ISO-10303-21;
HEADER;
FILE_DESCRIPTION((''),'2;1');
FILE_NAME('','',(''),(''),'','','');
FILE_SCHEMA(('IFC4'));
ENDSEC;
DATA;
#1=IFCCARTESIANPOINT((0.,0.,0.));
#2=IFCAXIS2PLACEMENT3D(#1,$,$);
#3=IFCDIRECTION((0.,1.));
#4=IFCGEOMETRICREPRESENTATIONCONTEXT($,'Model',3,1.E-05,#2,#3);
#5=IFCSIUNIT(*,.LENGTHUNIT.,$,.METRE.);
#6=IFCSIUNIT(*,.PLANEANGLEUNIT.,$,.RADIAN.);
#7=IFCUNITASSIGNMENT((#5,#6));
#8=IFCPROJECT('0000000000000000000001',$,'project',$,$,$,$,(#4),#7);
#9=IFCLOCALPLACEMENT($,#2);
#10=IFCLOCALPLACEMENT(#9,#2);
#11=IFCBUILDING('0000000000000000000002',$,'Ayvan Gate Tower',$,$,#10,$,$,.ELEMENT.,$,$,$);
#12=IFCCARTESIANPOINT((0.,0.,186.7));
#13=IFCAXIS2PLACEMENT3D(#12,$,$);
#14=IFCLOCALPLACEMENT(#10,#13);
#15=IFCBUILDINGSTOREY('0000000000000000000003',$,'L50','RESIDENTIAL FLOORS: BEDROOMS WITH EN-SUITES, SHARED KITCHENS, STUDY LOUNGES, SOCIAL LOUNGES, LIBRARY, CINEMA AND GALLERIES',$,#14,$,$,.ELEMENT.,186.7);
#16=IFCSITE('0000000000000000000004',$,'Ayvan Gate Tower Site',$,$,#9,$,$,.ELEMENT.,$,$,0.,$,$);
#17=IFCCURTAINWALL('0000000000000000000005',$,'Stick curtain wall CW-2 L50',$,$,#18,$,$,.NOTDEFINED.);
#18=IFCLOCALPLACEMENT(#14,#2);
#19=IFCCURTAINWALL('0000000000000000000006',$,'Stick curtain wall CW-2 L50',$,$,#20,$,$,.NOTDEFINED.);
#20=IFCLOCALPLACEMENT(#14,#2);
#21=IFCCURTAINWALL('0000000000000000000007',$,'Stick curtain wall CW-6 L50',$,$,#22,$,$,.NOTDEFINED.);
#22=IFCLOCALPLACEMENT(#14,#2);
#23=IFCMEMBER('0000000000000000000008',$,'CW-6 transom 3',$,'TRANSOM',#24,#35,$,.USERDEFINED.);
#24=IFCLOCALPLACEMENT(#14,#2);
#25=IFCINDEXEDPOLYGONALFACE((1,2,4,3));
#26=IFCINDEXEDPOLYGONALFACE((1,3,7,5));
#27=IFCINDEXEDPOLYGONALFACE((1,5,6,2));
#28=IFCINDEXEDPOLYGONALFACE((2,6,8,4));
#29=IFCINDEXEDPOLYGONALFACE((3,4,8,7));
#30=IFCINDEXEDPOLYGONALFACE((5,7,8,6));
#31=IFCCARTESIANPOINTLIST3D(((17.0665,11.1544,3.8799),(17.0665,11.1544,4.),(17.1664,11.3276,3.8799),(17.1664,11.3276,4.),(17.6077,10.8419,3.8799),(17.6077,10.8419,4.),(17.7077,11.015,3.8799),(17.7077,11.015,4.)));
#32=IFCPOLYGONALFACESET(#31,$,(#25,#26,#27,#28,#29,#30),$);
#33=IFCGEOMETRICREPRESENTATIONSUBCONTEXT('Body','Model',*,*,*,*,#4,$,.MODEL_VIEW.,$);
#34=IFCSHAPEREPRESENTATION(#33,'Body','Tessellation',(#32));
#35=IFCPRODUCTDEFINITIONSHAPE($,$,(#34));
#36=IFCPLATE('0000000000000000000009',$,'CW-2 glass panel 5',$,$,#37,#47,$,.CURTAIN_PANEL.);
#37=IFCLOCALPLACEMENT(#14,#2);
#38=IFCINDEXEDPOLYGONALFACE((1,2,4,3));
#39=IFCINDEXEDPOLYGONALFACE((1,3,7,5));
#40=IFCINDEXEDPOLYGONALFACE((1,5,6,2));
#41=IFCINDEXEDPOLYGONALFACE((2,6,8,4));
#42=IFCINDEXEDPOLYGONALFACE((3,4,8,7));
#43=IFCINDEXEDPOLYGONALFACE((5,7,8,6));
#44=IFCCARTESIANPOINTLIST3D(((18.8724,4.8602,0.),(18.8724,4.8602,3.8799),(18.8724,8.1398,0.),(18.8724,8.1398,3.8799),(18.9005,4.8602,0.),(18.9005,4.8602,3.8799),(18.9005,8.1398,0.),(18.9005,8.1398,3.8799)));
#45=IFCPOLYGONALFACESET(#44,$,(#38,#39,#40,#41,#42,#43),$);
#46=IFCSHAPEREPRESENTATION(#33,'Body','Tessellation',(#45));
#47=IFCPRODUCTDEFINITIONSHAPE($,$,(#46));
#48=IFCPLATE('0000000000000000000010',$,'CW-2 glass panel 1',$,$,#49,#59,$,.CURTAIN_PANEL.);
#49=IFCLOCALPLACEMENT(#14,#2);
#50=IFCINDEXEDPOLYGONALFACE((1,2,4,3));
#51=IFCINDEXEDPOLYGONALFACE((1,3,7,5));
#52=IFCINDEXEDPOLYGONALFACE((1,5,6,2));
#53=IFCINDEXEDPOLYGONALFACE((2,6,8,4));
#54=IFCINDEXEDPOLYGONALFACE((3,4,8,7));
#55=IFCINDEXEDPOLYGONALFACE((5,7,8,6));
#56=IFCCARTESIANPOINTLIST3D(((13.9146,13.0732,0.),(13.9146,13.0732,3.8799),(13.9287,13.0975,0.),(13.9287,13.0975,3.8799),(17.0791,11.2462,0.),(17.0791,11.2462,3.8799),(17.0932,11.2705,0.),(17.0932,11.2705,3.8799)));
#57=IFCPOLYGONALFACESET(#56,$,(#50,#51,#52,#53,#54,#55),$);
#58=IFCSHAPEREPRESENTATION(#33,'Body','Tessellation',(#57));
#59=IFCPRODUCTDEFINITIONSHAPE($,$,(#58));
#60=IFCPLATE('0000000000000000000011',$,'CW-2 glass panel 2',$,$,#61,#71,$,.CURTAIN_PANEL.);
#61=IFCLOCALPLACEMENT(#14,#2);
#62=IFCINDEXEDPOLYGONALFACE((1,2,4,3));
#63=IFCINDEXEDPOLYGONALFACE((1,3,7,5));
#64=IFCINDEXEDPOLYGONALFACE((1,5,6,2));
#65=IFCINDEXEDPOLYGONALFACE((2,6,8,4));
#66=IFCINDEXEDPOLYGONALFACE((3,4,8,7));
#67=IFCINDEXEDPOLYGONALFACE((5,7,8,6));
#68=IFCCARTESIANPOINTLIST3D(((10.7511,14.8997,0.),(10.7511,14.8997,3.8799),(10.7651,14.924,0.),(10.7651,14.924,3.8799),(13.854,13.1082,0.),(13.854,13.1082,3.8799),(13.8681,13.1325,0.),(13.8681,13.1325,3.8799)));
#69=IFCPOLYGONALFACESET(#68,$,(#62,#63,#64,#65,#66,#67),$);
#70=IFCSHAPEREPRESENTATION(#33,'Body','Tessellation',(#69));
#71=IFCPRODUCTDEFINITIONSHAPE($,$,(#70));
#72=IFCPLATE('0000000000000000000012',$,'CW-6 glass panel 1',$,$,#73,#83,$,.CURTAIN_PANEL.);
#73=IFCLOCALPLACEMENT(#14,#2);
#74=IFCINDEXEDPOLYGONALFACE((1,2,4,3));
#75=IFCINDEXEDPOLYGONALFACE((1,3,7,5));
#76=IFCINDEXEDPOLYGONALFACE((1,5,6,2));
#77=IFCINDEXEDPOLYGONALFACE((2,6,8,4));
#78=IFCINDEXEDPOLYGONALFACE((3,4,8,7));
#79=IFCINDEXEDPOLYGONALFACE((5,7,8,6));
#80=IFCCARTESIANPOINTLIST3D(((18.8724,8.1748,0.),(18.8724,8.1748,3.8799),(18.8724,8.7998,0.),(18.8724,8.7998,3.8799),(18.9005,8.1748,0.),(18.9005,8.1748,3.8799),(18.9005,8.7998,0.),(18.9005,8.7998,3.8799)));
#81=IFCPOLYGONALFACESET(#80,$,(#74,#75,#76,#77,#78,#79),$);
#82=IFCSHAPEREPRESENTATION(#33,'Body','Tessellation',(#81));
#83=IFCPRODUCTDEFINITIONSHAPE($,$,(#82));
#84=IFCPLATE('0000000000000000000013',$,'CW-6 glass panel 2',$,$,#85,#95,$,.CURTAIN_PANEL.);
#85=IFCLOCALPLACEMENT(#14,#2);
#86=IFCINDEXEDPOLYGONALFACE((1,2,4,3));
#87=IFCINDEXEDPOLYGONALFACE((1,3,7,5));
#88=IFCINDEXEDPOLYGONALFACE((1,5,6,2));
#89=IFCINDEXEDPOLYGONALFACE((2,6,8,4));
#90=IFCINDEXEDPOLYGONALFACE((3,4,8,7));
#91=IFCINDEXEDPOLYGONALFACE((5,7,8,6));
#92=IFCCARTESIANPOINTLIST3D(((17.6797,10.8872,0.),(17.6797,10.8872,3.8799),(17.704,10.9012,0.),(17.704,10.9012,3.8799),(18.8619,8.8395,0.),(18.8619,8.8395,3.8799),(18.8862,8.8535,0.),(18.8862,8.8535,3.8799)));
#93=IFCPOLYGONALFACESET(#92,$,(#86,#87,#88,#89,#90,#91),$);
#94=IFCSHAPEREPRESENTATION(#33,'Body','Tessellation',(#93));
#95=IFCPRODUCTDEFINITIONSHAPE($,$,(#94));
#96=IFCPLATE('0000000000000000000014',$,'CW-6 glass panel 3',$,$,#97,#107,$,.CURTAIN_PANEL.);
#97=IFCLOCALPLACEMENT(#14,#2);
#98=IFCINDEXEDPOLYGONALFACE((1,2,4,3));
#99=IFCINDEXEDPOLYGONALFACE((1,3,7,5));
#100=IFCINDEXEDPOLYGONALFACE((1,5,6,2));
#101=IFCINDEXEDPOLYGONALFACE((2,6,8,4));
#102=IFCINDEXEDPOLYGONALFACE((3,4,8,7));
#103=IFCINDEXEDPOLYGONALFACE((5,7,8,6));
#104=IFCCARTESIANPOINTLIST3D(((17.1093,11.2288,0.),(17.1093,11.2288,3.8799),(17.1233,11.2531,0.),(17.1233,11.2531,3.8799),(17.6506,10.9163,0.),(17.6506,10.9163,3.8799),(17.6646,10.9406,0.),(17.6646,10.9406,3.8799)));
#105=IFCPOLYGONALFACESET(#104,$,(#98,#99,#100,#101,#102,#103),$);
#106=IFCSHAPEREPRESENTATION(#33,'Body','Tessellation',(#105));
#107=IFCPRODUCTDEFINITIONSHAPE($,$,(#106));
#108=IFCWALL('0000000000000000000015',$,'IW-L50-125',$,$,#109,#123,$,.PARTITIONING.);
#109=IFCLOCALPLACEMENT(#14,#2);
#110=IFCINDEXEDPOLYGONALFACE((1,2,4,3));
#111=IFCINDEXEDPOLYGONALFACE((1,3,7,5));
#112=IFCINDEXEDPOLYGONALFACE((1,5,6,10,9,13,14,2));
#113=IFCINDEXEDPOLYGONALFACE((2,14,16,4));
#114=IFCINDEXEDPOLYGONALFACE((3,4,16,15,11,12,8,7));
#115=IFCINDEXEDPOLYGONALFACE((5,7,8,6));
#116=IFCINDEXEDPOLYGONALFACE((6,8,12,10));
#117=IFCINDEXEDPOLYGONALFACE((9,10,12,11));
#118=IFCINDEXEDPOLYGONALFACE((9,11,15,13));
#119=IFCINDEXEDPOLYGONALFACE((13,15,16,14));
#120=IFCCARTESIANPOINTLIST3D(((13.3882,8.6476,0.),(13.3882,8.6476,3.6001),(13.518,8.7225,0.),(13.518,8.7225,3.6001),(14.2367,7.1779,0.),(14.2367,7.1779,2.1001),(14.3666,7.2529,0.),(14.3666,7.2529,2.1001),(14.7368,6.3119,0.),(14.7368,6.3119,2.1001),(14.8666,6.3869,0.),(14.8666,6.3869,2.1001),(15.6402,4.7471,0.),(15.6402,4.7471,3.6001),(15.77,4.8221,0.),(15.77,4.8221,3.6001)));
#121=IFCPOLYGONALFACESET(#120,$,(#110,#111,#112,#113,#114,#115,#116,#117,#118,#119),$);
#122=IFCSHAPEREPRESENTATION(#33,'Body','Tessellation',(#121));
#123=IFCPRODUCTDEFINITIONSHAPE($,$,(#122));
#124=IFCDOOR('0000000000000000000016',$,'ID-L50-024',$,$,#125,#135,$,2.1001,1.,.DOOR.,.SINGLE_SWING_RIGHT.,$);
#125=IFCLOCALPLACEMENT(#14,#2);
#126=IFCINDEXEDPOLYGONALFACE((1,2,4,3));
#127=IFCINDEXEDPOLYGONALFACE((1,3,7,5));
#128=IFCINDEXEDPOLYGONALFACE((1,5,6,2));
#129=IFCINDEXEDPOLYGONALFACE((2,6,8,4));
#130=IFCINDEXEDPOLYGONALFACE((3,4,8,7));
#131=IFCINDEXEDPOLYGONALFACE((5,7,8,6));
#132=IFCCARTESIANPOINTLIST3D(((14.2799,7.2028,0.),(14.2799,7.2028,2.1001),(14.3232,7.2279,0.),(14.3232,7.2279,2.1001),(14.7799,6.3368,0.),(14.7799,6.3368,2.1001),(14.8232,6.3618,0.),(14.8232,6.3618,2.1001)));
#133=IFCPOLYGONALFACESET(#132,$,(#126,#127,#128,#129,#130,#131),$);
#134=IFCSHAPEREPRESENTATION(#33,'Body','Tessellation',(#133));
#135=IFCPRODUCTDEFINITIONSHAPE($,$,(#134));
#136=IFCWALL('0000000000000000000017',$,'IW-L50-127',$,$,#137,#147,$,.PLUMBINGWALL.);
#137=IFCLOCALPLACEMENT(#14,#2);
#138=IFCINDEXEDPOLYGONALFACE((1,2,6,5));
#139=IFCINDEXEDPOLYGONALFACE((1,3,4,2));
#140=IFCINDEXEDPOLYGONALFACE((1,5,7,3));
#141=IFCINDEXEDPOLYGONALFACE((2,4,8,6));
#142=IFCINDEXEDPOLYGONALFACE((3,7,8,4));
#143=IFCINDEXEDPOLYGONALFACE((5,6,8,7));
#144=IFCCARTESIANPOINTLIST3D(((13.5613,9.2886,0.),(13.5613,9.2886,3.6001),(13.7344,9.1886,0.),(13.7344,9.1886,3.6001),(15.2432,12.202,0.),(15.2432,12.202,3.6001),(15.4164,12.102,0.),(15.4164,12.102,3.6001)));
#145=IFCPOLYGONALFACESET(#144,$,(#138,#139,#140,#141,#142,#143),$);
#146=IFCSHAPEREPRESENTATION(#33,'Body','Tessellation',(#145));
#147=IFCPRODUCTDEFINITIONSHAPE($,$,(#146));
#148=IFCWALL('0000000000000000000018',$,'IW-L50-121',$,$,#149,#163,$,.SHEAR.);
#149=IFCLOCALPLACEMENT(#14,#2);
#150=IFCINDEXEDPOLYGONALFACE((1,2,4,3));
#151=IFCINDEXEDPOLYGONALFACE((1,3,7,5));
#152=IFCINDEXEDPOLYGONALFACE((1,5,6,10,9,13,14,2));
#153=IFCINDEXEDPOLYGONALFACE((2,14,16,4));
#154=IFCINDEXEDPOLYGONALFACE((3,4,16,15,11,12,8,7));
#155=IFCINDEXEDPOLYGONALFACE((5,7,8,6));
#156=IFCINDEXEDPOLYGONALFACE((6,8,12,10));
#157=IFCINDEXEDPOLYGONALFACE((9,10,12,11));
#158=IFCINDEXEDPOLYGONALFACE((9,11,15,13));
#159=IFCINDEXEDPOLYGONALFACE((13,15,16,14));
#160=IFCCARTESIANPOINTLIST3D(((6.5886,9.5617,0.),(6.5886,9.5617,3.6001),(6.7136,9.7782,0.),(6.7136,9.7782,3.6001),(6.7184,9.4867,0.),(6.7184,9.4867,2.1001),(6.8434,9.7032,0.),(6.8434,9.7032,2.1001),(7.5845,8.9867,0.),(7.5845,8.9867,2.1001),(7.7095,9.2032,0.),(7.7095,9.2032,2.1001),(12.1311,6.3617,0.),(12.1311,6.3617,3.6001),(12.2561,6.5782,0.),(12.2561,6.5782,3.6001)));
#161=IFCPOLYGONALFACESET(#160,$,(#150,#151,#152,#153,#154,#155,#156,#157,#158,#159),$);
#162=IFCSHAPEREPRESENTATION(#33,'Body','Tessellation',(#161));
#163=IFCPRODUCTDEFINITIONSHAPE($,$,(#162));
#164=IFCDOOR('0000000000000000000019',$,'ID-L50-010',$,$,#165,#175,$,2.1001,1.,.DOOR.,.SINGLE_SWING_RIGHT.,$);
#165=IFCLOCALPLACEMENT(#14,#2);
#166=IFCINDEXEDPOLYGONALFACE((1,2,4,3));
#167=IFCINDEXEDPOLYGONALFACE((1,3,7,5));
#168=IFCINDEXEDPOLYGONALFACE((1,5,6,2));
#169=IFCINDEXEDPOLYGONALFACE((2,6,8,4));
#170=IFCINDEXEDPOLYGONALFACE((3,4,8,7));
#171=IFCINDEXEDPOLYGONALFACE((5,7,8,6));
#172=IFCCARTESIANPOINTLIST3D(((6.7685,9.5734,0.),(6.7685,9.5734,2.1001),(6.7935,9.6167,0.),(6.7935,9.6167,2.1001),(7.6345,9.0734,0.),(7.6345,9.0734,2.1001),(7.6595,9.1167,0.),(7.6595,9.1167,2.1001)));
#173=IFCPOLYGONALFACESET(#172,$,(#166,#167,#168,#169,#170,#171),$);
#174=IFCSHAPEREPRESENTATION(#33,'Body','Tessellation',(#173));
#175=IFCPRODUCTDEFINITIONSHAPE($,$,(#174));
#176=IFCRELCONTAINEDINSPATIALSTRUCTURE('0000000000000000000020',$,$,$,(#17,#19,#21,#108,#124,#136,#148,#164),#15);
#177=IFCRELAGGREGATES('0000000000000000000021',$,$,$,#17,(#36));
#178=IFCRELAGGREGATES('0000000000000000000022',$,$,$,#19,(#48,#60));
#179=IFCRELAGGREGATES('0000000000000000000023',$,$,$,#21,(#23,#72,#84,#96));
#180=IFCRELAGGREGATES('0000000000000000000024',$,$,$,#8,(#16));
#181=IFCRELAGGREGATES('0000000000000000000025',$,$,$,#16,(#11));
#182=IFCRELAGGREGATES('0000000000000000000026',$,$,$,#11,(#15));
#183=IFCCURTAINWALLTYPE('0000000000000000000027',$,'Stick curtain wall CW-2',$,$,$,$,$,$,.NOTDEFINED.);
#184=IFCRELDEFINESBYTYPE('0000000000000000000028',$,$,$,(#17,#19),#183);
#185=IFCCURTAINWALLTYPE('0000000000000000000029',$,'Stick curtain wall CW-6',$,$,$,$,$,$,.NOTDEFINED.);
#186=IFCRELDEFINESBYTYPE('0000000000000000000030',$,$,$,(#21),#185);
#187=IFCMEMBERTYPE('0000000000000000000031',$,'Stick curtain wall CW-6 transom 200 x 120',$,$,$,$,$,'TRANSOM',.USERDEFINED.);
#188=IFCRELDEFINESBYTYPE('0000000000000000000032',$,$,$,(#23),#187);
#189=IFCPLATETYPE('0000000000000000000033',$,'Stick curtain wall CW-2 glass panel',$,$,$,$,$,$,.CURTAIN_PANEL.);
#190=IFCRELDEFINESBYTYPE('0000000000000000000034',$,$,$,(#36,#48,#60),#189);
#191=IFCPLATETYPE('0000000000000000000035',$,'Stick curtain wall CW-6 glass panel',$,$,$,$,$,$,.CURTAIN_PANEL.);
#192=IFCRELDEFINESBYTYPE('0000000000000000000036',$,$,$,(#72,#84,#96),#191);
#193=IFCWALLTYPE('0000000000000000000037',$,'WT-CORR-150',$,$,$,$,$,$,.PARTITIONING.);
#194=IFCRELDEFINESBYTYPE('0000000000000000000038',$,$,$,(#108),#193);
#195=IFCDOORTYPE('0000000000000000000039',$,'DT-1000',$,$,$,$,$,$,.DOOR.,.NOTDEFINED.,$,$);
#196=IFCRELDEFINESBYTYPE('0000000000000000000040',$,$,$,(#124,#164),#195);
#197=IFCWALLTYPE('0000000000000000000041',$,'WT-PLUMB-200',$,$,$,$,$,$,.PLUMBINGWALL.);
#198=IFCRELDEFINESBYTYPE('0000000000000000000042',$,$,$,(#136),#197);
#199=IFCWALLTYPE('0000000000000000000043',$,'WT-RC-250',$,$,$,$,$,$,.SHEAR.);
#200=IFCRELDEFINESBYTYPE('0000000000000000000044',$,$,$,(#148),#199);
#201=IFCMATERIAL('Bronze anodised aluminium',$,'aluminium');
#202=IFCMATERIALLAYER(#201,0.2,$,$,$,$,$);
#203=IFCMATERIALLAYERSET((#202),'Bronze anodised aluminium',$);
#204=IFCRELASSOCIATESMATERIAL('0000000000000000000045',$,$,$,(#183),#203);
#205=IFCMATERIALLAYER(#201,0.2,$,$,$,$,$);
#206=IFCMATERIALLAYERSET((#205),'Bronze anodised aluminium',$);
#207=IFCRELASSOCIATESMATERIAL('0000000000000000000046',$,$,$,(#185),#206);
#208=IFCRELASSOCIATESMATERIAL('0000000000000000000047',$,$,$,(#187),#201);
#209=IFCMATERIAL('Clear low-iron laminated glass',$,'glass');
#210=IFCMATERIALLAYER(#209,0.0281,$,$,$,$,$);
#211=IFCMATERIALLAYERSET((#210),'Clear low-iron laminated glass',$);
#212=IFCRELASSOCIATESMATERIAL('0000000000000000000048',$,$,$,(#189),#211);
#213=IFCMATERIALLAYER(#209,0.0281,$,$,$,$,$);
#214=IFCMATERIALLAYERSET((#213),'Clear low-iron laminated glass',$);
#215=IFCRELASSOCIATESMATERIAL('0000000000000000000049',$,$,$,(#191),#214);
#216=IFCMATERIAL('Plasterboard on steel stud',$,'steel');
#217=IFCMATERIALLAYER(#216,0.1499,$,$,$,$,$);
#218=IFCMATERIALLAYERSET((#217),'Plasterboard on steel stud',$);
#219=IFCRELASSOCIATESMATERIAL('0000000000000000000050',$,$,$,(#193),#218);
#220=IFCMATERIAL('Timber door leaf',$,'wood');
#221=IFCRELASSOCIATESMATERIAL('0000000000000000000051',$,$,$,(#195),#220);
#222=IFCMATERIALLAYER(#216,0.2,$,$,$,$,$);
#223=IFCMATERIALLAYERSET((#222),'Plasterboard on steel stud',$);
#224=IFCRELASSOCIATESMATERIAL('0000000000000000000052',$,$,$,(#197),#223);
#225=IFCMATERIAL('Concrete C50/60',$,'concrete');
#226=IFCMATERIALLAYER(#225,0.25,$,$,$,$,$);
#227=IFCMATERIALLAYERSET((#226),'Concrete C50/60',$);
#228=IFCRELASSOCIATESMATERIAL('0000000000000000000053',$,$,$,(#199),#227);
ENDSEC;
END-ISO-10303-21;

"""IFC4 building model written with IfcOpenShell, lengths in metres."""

from ifc_helpers import new_model, si_unit, direction, frame, frame_2d, origin, origin_2d, place, context, subcontext, project, spatial, rectangle, extrude, material, layer, layer_set, material_profile, profile_set, type_object, element, fill, aggregate, save


model = new_model("IFC4")

# Units and contexts
model_context = context("Model", 3, precision=1e-05, world=origin(), true_north=direction((0.0, 1.0)))
body_context = subcontext(model_context, "Body", "Model", "MODEL_VIEW")
ifc_project = project(units=[si_unit("LENGTHUNIT", "METRE"), si_unit("PLANEANGLEUNIT", "RADIAN")], contexts=[model_context])

# Site, building, storey
site_placement = place(None, origin())
site = spatial("IfcSite", under=ifc_project, at=site_placement, Name="Ayvan Gate Tower Site", CompositionType="ELEMENT", RefElevation=0.0)
building_placement = place(site_placement, origin())
building = spatial("IfcBuilding", under=site, at=building_placement, Name="Ayvan Gate Tower", CompositionType="ELEMENT")
storey_placement = place(building_placement, frame((0.0, 0.0, 186.7)))
storey = spatial("IfcBuildingStorey", under=building, at=storey_placement, Name="L50", Description="RESIDENTIAL FLOORS: BEDROOMS WITH EN-SUITES, SHARED KITCHENS, STUDY LOUNGES, SOCIAL LOUNGES, LIBRARY, CINEMA AND GALLERIES", CompositionType="ELEMENT", Elevation=186.7)

# Curtain wall
ifc_material_1 = material(Name="Bronze anodised aluminium", Category="aluminium")
ifc_layer_1 = layer(ifc_material_1, 0.2)
ifc_layer_set_1 = layer_set([ifc_layer_1], Name="Bronze anodised aluminium")
curtain_wall_type_1 = type_object("IfcCurtainWallType", Name="Stick curtain wall CW-2", PredefinedType="NOTDEFINED", material=ifc_layer_set_1)
curtain_wall_1_placement = place(storey_placement, origin())
curtain_wall_1 = element("IfcCurtainWall", 1, at=curtain_wall_1_placement, inside=storey, type_object=curtain_wall_type_1, Name="Stick curtain wall CW-2 L50", PredefinedType="NOTDEFINED")

# Curtain walls, member
curtain_wall_2_placement = place(storey_placement, origin())
curtain_wall_2 = element("IfcCurtainWall", 2, at=curtain_wall_2_placement, inside=storey, type_object=curtain_wall_type_1, Name="Stick curtain wall CW-2 L50", PredefinedType="NOTDEFINED")
ifc_layer_2 = layer(ifc_material_1, 0.2)
ifc_layer_set_2 = layer_set([ifc_layer_2], Name="Bronze anodised aluminium")
curtain_wall_type_2 = type_object("IfcCurtainWallType", Name="Stick curtain wall CW-6", PredefinedType="NOTDEFINED", material=ifc_layer_set_2)
curtain_wall_3_placement = place(storey_placement, origin())
curtain_wall_3 = element("IfcCurtainWall", 3, at=curtain_wall_3_placement, inside=storey, type_object=curtain_wall_type_2, Name="Stick curtain wall CW-6 L50", PredefinedType="NOTDEFINED")
ifc_material_profile_1 = material_profile(ifc_material_1, rectangle(XDim=0.2, YDim=0.1201, at=origin_2d()), Name="Stick curtain wall CW-6 transom 200 x 120")
ifc_profile_set_1 = profile_set([ifc_material_profile_1], Name="Bronze anodised aluminium")
member_type_1 = type_object("IfcMemberType", Name="Stick curtain wall CW-6 transom 200 x 120", ElementType="TRANSOM", PredefinedType="USERDEFINED", material=ifc_profile_set_1)
member_1_placement = place(storey_placement, frame((17.6577, 10.9285, 3.9399), z_axis=(-0.866023, 0.500004, 0.0), x_axis=(-0.500004, -0.866023, 0.0)))
member_1 = element("IfcMember", 4, at=member_1_placement, type_object=member_type_1, Name="CW-6 transom 3", ObjectType="TRANSOM", PredefinedType="USERDEFINED", context=body_context, shape_type="SweptSolid", body=[
    extrude(rectangle(XDim=0.2, YDim=0.1201, at=origin_2d()), origin(), (0.0, 0.0, 1.0), 0.625),
])

# Plates
ifc_material_2 = material(Name="Clear low-iron laminated glass", Category="glass")
ifc_layer_3 = layer(ifc_material_2, 0.0281)
ifc_layer_set_3 = layer_set([ifc_layer_3], Name="Clear low-iron laminated glass")
plate_type_1 = type_object("IfcPlateType", Name="Stick curtain wall CW-2 glass panel", PredefinedType="CURTAIN_PANEL", material=ifc_layer_set_3)
plate_1_placement = place(storey_placement, frame((18.8865, 6.5, 0.0), z_axis=(0.0, 0.0, 1.0), x_axis=(0.0, 1.0, 0.0)))
plate_1 = element("IfcPlate", 5, at=plate_1_placement, type_object=plate_type_1, Name="CW-2 glass panel 5", PredefinedType="CURTAIN_PANEL", context=body_context, shape_type="SweptSolid", body=[
    extrude(rectangle(XDim=3.2795, YDim=0.0281, at=origin_2d()), origin(), (0.0, 0.0, 1.0), 3.8799),
])
aggregate(curtain_wall_1, [plate_1])
plate_2_placement = place(storey_placement, frame((15.5039, 12.1719, 0.0), z_axis=(0.0, 0.0, 1.0), x_axis=(-0.866025, 0.5, 0.0)))
plate_2 = element("IfcPlate", 6, at=plate_2_placement, type_object=plate_type_1, Name="CW-2 glass panel 1", PredefinedType="CURTAIN_PANEL", context=body_context, shape_type="SweptSolid", body=[
    extrude(rectangle(XDim=3.6541, YDim=0.0281, at=origin_2d()), origin(), (0.0, 0.0, 1.0), 3.8799),
])
plate_3_placement = place(storey_placement, frame((12.3096, 14.0161, 0.0), z_axis=(0.0, 0.0, 1.0), x_axis=(-0.866025, 0.5, 0.0)))
plate_3 = element("IfcPlate", 7, at=plate_3_placement, type_object=plate_type_1, Name="CW-2 glass panel 2", PredefinedType="CURTAIN_PANEL", context=body_context, shape_type="SweptSolid", body=[
    extrude(rectangle(XDim=3.583, YDim=0.0281, at=origin_2d()), origin(), (0.0, 0.0, 1.0), 3.8799),
])
aggregate(curtain_wall_2, [plate_2, plate_3])
ifc_layer_4 = layer(ifc_material_2, 0.0281)
ifc_layer_set_4 = layer_set([ifc_layer_4], Name="Clear low-iron laminated glass")
plate_type_2 = type_object("IfcPlateType", Name="Stick curtain wall CW-6 glass panel", PredefinedType="CURTAIN_PANEL", material=ifc_layer_set_4)
plate_4_placement = place(storey_placement, frame((18.8865, 8.4873, 0.0), z_axis=(0.0, 0.0, 1.0), x_axis=(0.0, 1.0, 0.0)))
plate_4 = element("IfcPlate", 8, at=plate_4_placement, type_object=plate_type_2, Name="CW-6 glass panel 1", PredefinedType="CURTAIN_PANEL", context=body_context, shape_type="SweptSolid", body=[
    extrude(rectangle(XDim=0.625, YDim=0.0281, at=origin_2d()), origin(), (0.0, 0.0, 1.0), 3.8799),
])
plate_5_placement = place(storey_placement, frame((18.283, 9.8704, 0.0), z_axis=(0.0, 0.0, 1.0), x_axis=(-0.5, 0.866025, 0.0)))
plate_5 = element("IfcPlate", 9, at=plate_5_placement, type_object=plate_type_2, Name="CW-6 glass panel 2", PredefinedType="CURTAIN_PANEL", context=body_context, shape_type="SweptSolid", body=[
    extrude(rectangle(XDim=2.3645, YDim=0.0281, at=origin_2d()), origin(), (0.0, 0.0, 1.0), 3.8799),
])
plate_6_placement = place(storey_placement, frame((17.387, 11.0847, 0.0), z_axis=(0.0, 0.0, 1.0), x_axis=(-0.866025, 0.5, 0.0)))
plate_6 = element("IfcPlate", 10, at=plate_6_placement, type_object=plate_type_2, Name="CW-6 glass panel 3", PredefinedType="CURTAIN_PANEL", context=body_context, shape_type="SweptSolid", body=[
    extrude(rectangle(XDim=0.625, YDim=0.0281, at=origin_2d()), origin(), (0.0, 0.0, 1.0), 3.8799),
])
aggregate(curtain_wall_3, [member_1, plate_4, plate_5, plate_6])

# Wall, opening, door
ifc_material_3 = material(Name="Plasterboard on steel stud", Category="steel")
ifc_layer_5 = layer(ifc_material_3, 0.1499)
ifc_layer_set_5 = layer_set([ifc_layer_5], Name="Plasterboard on steel stud")
wall_type_1 = type_object("IfcWallType", Name="WT-CORR-150", PredefinedType="PARTITIONING", material=ifc_layer_set_5)
wall_1_placement = place(storey_placement, frame((13.4531, 8.6851, 0.0), z_axis=(0.0, 0.0, 1.0), x_axis=(0.50001, -0.866019, 0.0)))
wall_1 = element("IfcWall", 11, at=wall_1_placement, inside=storey, type_object=wall_type_1, Name="IW-L50-125", PredefinedType="PARTITIONING", context=body_context, shape_type="SweptSolid", body=[
    extrude(rectangle(XDim=4.5039, YDim=0.1499, at=frame_2d((2.252, 0.0))), origin(), (0.0, 0.0, 1.0), 3.6001),
])
opening_1_placement = place(wall_1_placement, frame((1.697, 0.0, 0.0)))
opening_1 = element("IfcOpeningElement", 12, at=opening_1_placement, cuts=wall_1, PredefinedType="OPENING", context=body_context, shape_type="SweptSolid", body=[
    extrude(rectangle(XDim=1.0, YDim=2.1001, at=frame_2d((0.5, 1.05))), frame((0.0, 0.085, 0.0), z_axis=(0.0, -1.0, 0.0), x_axis=(1.0, 0.0, 0.0)), (0.0, 0.0, 1.0), 0.1699),
])
ifc_material_4 = material(Name="Timber door leaf", Category="wood")
door_type = type_object("IfcDoorType", Name="DT-1000", OperationType="NOTDEFINED", PredefinedType="DOOR", material=ifc_material_4)
door_1_placement = place(opening_1_placement, origin())
door_1 = element("IfcDoor", 13, at=door_1_placement, inside=storey, type_object=door_type, Name="ID-L50-024", OperationType="SINGLE_SWING_RIGHT", OverallHeight=2.1001, OverallWidth=1.0, PredefinedType="DOOR", context=body_context, shape_type="SweptSolid", body=[
    extrude(rectangle(XDim=1.0, YDim=2.1001, at=frame_2d((0.5, 1.05))), frame((0.0, 0.0249, 0.0), z_axis=(0.0, -1.0, 0.0), x_axis=(1.0, 0.0, 0.0)), (0.0, 0.0, 1.0), 0.05),
])
fill(opening_1, door_1)

# Wall
ifc_layer_6 = layer(ifc_material_3, 0.2)
ifc_layer_set_6 = layer_set([ifc_layer_6], Name="Plasterboard on steel stud")
wall_type_2 = type_object("IfcWallType", Name="WT-PLUMB-200", PredefinedType="PLUMBINGWALL", material=ifc_layer_set_6)
wall_2_placement = place(storey_placement, frame((15.3298, 12.1521, 0.0), z_axis=(0.0, 0.0, 1.0), x_axis=(-0.499972, -0.866042, 0.0)))
element("IfcWall", 14, at=wall_2_placement, inside=storey, type_object=wall_type_2, Name="IW-L50-127", PredefinedType="PLUMBINGWALL", context=body_context, shape_type="SweptSolid", body=[
    extrude(rectangle(XDim=3.364, YDim=0.2, at=frame_2d((1.6821, 0.0))), origin(), (0.0, 0.0, 1.0), 3.6001),
])

# Wall, opening, door
ifc_material_5 = material(Name="Concrete C50/60", Category="concrete")
ifc_layer_7 = layer(ifc_material_5, 0.25)
ifc_layer_set_7 = layer_set([ifc_layer_7], Name="Concrete C50/60")
wall_type_3 = type_object("IfcWallType", Name="WT-RC-250", PredefinedType="SHEAR", material=ifc_layer_set_7)
wall_3_placement = place(storey_placement, frame((12.1936, 6.47, 0.0), z_axis=(0.0, 0.0, 1.0), x_axis=(-0.866025, 0.5, 0.0)))
wall_3 = element("IfcWall", 15, at=wall_3_placement, inside=storey, type_object=wall_type_3, Name="IW-L50-121", PredefinedType="SHEAR", context=body_context, shape_type="SweptSolid", body=[
    extrude(rectangle(XDim=6.3999, YDim=0.25, at=frame_2d((3.2, 0.0))), origin(), (0.0, 0.0, 1.0), 3.6001),
])
opening_2_placement = place(wall_3_placement, frame((5.25, 0.0, 0.0)))
opening_2 = element("IfcOpeningElement", 16, at=opening_2_placement, cuts=wall_3, PredefinedType="OPENING", context=body_context, shape_type="SweptSolid", body=[
    extrude(rectangle(XDim=1.0, YDim=2.1001, at=frame_2d((0.5, 1.05))), frame((0.0, 0.135, 0.0), z_axis=(0.0, -1.0, 0.0), x_axis=(1.0, 0.0, 0.0)), (0.0, 0.0, 1.0), 0.27),
])
door_2_placement = place(opening_2_placement, origin())
door_2 = element("IfcDoor", 17, at=door_2_placement, inside=storey, type_object=door_type, Name="ID-L50-010", OperationType="SINGLE_SWING_RIGHT", OverallHeight=2.1001, OverallWidth=1.0, PredefinedType="DOOR", context=body_context, shape_type="SweptSolid", body=[
    extrude(rectangle(XDim=1.0, YDim=2.1001, at=frame_2d((0.5, 1.05))), frame((0.0, 0.0249, 0.0), z_axis=(0.0, -1.0, 0.0), x_axis=(1.0, 0.0, 0.0)), (0.0, 0.0, 1.0), 0.05),
])
fill(opening_2, door_2)

save(model, "model.ifc")
